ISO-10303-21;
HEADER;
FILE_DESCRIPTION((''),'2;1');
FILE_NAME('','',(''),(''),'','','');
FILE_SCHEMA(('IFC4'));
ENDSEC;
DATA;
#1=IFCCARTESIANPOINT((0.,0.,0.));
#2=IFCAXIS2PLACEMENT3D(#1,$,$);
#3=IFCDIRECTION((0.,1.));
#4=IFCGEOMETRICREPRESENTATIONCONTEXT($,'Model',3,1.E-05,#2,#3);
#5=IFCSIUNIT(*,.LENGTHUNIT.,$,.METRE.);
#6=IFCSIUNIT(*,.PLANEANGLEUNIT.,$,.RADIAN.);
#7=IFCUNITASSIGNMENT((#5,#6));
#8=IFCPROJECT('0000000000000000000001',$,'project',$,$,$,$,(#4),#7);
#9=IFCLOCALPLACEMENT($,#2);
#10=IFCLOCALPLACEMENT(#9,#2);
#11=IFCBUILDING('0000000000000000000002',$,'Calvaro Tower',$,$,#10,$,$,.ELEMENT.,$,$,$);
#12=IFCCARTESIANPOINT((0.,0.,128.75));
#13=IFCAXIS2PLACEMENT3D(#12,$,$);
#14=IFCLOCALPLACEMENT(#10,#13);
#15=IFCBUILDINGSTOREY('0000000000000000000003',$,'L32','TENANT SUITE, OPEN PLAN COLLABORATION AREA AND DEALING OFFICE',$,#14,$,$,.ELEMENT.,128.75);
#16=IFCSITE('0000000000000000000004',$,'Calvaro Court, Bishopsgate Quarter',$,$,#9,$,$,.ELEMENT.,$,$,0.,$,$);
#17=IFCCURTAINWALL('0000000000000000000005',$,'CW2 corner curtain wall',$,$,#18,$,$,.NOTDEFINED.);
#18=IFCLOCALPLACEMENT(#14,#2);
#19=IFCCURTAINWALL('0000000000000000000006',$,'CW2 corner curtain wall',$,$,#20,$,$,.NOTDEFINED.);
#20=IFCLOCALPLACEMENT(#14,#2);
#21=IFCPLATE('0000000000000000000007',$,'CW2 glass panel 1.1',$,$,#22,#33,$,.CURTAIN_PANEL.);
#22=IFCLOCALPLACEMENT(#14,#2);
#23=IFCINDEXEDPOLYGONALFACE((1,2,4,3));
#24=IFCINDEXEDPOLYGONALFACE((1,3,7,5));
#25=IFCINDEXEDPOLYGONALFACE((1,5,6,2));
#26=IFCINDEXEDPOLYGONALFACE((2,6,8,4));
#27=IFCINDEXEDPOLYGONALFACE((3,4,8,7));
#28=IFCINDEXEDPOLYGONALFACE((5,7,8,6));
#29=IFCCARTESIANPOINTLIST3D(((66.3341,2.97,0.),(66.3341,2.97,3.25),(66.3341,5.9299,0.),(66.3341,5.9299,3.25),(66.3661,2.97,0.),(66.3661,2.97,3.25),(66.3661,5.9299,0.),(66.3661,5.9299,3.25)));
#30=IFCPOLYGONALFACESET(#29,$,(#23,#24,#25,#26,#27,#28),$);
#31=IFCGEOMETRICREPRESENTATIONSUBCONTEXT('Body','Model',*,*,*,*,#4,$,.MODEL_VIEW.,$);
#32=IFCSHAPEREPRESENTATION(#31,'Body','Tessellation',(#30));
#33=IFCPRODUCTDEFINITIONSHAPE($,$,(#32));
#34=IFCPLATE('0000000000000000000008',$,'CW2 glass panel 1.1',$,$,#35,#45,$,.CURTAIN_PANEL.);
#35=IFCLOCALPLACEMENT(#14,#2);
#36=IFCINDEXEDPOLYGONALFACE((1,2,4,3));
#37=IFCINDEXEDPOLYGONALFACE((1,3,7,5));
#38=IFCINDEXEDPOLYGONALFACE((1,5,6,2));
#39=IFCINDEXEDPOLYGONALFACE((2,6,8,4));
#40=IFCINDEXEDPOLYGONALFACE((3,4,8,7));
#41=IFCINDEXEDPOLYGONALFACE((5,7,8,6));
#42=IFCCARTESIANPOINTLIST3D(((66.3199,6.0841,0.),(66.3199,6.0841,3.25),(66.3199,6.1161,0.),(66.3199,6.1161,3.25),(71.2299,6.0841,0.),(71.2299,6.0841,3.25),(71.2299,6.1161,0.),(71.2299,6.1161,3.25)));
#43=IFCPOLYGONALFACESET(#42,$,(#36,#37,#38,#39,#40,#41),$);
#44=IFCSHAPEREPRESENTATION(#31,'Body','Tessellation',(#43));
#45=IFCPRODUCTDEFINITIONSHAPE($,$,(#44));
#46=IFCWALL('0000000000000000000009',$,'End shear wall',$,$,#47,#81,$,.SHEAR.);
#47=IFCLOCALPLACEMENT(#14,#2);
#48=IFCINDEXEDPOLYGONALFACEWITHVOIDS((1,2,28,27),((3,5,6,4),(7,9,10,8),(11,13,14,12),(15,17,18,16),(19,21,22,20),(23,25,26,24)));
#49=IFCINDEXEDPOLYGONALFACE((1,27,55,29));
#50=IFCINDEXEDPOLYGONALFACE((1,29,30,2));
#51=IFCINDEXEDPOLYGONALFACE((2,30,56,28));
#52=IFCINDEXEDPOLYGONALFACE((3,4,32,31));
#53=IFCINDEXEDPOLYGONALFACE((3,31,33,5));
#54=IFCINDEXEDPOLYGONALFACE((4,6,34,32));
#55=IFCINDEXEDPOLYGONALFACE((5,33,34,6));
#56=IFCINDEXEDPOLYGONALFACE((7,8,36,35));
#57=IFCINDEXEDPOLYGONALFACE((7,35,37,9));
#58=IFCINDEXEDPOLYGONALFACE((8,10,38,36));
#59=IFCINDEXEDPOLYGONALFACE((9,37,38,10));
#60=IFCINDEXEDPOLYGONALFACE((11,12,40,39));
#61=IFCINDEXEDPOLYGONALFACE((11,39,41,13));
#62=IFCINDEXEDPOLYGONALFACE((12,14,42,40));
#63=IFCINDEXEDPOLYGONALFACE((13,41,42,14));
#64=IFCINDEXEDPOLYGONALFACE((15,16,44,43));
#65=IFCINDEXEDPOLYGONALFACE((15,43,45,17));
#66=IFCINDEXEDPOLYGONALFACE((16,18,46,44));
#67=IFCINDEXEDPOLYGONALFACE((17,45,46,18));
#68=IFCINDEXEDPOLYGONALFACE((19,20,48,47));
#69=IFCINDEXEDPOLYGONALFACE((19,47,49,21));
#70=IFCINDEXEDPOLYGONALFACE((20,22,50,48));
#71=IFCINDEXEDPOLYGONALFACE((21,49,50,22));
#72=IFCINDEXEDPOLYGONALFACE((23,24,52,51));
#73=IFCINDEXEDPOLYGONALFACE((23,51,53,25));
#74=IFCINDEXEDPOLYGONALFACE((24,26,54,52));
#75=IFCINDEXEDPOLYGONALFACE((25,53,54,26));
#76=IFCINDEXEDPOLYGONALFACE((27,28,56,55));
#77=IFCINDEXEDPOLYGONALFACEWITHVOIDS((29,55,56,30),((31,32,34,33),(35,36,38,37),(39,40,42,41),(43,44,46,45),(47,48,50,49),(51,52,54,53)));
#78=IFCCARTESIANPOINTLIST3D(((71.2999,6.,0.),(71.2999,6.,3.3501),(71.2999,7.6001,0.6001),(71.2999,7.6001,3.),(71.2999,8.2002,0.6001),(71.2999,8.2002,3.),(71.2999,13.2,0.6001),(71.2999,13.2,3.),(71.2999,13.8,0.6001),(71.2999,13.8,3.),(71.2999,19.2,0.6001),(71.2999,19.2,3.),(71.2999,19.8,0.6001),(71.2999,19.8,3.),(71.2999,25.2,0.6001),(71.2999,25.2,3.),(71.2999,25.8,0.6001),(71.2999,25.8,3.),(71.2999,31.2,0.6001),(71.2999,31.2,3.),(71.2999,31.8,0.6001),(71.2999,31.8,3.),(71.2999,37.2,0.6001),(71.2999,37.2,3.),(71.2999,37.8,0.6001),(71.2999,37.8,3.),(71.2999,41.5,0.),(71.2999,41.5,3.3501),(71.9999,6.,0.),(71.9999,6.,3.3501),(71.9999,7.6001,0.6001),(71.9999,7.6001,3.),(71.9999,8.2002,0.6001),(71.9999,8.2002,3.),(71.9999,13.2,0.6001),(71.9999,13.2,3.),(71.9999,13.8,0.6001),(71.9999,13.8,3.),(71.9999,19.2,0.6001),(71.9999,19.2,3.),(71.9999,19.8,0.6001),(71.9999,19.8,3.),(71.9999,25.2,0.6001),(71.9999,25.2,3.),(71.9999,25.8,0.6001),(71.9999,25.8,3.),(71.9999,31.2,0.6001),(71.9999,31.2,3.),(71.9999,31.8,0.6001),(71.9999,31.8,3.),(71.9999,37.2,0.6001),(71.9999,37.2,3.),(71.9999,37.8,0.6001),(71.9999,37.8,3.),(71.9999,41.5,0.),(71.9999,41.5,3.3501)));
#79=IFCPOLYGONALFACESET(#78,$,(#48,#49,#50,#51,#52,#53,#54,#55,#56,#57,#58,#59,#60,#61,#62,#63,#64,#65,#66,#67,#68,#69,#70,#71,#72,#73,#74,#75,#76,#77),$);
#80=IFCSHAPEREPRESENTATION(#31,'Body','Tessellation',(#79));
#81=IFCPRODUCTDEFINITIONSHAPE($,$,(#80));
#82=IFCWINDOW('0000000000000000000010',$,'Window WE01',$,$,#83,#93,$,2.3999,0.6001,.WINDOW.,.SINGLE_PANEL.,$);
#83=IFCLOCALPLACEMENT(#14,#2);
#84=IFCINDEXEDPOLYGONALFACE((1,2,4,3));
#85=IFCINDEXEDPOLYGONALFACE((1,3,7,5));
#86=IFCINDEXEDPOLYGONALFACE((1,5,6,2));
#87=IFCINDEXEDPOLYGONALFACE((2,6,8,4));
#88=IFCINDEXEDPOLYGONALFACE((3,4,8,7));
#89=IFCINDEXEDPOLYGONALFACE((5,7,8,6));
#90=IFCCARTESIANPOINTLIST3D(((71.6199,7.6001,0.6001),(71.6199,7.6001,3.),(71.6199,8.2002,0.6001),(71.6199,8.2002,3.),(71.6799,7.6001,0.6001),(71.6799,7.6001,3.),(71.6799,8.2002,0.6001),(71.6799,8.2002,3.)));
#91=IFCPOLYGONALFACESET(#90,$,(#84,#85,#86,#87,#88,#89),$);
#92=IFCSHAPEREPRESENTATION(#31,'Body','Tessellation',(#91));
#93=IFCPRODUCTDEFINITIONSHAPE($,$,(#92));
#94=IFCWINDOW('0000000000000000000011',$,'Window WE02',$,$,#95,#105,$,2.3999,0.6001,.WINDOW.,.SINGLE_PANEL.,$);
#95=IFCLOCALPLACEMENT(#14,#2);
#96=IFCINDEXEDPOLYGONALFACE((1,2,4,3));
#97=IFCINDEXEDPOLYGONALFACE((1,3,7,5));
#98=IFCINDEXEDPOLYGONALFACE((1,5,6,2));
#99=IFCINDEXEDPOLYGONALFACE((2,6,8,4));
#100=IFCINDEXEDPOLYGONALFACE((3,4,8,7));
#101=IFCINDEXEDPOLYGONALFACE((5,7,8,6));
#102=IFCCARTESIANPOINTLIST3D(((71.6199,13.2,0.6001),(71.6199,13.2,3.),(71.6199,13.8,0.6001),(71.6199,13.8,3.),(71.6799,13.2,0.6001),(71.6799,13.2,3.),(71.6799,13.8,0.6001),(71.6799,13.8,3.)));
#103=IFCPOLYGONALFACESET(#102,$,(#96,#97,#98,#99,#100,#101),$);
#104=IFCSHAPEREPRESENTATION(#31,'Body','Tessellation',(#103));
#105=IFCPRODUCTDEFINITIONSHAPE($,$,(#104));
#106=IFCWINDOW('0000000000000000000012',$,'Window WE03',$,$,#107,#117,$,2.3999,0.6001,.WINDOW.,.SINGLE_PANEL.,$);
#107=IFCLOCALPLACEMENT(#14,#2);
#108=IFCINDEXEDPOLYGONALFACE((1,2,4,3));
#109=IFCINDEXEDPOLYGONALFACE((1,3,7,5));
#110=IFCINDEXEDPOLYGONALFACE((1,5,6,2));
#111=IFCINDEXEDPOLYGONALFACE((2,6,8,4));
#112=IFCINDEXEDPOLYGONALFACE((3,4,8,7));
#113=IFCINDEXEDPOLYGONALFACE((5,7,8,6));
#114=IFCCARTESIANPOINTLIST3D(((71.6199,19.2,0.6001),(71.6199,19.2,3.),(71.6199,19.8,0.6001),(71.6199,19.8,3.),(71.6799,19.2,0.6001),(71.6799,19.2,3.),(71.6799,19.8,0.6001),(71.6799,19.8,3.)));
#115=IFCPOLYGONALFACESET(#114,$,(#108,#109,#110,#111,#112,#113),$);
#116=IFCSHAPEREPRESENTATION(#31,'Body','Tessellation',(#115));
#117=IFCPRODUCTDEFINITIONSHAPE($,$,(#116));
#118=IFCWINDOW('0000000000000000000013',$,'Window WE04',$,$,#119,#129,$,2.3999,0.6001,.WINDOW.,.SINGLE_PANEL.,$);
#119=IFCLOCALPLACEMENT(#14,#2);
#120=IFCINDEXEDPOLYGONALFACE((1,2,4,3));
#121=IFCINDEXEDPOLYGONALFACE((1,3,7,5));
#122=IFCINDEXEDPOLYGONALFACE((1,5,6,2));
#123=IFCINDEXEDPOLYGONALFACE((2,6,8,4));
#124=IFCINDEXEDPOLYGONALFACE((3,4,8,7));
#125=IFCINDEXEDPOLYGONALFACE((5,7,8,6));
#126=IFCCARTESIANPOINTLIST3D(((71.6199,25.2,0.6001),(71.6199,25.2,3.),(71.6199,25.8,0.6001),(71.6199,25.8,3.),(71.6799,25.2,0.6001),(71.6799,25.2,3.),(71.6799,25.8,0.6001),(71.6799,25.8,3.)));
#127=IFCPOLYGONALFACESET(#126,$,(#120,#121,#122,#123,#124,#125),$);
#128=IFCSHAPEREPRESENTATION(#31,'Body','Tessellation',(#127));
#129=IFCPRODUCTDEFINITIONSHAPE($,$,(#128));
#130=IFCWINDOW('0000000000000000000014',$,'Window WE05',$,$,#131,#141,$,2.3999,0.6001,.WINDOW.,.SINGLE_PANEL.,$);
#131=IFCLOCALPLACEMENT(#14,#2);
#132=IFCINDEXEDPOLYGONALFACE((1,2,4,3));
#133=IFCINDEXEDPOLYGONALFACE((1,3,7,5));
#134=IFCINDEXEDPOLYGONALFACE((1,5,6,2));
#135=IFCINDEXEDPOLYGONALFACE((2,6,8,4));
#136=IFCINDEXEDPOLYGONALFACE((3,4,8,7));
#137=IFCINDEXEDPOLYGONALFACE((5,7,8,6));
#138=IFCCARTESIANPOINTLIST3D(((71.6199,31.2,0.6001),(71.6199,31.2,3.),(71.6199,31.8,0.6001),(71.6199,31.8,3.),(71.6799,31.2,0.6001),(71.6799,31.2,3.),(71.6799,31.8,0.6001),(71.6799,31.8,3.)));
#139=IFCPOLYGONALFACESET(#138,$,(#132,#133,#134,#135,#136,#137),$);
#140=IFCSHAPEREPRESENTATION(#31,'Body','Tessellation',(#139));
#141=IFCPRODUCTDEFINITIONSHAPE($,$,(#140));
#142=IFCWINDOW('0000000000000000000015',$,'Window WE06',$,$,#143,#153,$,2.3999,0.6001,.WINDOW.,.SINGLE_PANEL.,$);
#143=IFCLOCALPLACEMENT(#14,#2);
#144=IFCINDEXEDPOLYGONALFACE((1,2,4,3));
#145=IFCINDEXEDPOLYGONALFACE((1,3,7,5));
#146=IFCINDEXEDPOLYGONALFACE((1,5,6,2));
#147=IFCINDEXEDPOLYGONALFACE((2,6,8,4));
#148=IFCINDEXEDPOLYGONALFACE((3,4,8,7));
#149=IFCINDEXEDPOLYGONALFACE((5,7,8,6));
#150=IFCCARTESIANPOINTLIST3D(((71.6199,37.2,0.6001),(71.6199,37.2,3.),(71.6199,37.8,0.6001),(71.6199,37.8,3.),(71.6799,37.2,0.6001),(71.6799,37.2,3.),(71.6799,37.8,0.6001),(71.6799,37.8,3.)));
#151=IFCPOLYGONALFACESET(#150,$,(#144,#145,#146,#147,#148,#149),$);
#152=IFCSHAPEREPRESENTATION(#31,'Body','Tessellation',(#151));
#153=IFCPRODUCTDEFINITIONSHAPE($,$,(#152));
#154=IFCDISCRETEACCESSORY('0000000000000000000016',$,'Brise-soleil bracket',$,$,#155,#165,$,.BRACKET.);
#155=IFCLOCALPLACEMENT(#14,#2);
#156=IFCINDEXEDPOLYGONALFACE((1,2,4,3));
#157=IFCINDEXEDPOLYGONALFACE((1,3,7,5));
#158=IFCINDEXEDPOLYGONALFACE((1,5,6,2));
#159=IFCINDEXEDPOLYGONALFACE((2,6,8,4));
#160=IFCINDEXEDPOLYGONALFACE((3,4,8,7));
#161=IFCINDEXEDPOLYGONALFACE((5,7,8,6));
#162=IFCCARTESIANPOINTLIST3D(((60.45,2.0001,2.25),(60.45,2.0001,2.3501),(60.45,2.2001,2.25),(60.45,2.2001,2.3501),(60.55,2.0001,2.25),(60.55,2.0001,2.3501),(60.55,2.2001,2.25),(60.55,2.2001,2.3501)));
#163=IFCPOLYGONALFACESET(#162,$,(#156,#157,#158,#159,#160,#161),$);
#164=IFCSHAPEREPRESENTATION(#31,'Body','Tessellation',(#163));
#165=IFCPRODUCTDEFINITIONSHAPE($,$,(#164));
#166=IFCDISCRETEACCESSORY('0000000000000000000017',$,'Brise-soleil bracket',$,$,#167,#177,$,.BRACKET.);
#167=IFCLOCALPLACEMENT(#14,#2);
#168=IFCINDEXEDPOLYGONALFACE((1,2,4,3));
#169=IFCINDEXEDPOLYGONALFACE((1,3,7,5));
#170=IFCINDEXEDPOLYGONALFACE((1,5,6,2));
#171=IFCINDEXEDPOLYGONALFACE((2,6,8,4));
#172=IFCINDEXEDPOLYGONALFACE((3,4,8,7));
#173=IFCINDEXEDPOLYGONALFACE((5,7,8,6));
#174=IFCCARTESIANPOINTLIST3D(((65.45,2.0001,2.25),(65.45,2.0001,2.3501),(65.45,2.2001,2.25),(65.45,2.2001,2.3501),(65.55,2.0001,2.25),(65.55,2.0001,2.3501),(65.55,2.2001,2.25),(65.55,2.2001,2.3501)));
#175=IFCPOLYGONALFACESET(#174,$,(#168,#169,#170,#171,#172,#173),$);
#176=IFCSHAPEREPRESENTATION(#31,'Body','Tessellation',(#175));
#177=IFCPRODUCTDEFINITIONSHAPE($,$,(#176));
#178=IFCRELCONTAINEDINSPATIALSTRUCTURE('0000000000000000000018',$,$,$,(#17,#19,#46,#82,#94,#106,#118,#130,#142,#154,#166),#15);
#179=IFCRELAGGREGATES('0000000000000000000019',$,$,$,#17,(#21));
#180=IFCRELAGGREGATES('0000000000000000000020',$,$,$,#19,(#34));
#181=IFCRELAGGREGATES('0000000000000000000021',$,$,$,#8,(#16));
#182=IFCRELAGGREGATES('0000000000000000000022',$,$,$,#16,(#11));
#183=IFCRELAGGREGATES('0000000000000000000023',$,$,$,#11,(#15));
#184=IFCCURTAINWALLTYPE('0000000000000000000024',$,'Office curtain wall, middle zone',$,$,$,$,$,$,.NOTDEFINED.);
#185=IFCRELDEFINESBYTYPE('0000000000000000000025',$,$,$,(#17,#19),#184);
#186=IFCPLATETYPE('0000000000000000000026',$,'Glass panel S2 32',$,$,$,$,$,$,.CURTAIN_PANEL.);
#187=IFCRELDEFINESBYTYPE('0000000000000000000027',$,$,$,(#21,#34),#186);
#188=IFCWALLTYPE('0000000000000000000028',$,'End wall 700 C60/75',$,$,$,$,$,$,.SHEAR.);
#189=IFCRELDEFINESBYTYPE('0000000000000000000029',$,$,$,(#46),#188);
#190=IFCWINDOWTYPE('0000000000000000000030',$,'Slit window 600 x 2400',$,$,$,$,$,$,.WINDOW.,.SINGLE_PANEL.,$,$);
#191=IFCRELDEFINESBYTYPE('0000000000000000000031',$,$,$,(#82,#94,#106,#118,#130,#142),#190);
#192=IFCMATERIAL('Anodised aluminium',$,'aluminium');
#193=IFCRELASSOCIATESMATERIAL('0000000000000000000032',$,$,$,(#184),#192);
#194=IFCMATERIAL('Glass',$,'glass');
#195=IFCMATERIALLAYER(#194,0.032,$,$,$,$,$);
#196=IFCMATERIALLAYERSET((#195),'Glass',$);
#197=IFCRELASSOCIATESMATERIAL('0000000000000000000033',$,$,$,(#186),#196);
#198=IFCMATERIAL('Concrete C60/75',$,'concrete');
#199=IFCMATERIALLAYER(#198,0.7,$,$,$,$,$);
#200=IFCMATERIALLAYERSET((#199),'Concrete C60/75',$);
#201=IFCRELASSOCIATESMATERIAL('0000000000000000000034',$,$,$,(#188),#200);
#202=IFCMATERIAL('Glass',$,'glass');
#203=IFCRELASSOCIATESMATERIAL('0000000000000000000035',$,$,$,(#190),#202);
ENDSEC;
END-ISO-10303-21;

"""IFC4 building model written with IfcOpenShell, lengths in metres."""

from ifc_helpers import new_model, si_unit, direction, frame, frame_2d, origin, origin_2d, place, context, subcontext, project, spatial, rectangle, extrude, material, layer, layer_set, type_object, element, fill, aggregate, save


model = new_model("IFC4")

# Units and contexts
model_context = context("Model", 3, precision=1e-05, world=origin(), true_north=direction((0.0, 1.0)))
body_context = subcontext(model_context, "Body", "Model", "MODEL_VIEW")
ifc_project = project(units=[si_unit("LENGTHUNIT", "METRE"), si_unit("PLANEANGLEUNIT", "RADIAN")], contexts=[model_context])

# Site, building, storey
site_placement = place(None, origin())
site = spatial("IfcSite", under=ifc_project, at=site_placement, Name="Calvaro Court, Bishopsgate Quarter", CompositionType="ELEMENT", RefElevation=0.0)
building_placement = place(site_placement, origin())
building = spatial("IfcBuilding", under=site, at=building_placement, Name="Calvaro Tower", CompositionType="ELEMENT")
storey_placement = place(building_placement, frame((0.0, 0.0, 128.75)))
storey = spatial("IfcBuildingStorey", under=building, at=storey_placement, Name="L32", Description="TENANT SUITE, OPEN PLAN COLLABORATION AREA AND DEALING OFFICE", CompositionType="ELEMENT", Elevation=128.75)

# Curtain wall
ifc_material_1 = material(Name="Anodised aluminium", Category="aluminium")
curtain_wall_type = type_object("IfcCurtainWallType", Name="Office curtain wall, middle zone", PredefinedType="NOTDEFINED", material=ifc_material_1)
curtain_wall_1_placement = place(storey_placement, origin())
curtain_wall_1 = element("IfcCurtainWall", 1, at=curtain_wall_1_placement, inside=storey, type_object=curtain_wall_type, Name="CW2 corner curtain wall", PredefinedType="NOTDEFINED")

# Curtain wall
curtain_wall_2_placement = place(storey_placement, origin())
curtain_wall_2 = element("IfcCurtainWall", 2, at=curtain_wall_2_placement, inside=storey, type_object=curtain_wall_type, Name="CW2 corner curtain wall", PredefinedType="NOTDEFINED")

# Plates
ifc_material_2 = material(Name="Glass", Category="glass")
ifc_layer_1 = layer(ifc_material_2, 0.032)
ifc_layer_set_1 = layer_set([ifc_layer_1], Name="Glass")
plate_type = type_object("IfcPlateType", Name="Glass panel S2 32", PredefinedType="CURTAIN_PANEL", material=ifc_layer_set_1)
plate_1_placement = place(storey_placement, frame((66.3501, 4.45, 0.0), z_axis=(0.0, 0.0, 1.0), x_axis=(0.0, 1.0, 0.0)))
plate_1 = element("IfcPlate", 3, at=plate_1_placement, type_object=plate_type, Name="CW2 glass panel 1.1", PredefinedType="CURTAIN_PANEL", context=body_context, shape_type="SweptSolid", body=[
    extrude(rectangle(XDim=2.96, YDim=0.032, at=origin_2d()), origin(), (0.0, 0.0, 1.0), 3.25),
])
aggregate(curtain_wall_1, [plate_1])
plate_2_placement = place(storey_placement, frame((68.7749, 6.1001, 0.0), z_axis=(0.0, 0.0, 1.0), x_axis=(1.0, 0.0, 0.0)))
plate_2 = element("IfcPlate", 4, at=plate_2_placement, type_object=plate_type, Name="CW2 glass panel 1.1", PredefinedType="CURTAIN_PANEL", context=body_context, shape_type="SweptSolid", body=[
    extrude(rectangle(XDim=4.9099, YDim=0.032, at=origin_2d()), origin(), (0.0, 0.0, 1.0), 3.25),
])
aggregate(curtain_wall_2, [plate_2])

# Wall, openings, windows
ifc_material_3 = material(Name="Concrete C60/75", Category="concrete")
ifc_layer_2 = layer(ifc_material_3, 0.7)
ifc_layer_set_2 = layer_set([ifc_layer_2], Name="Concrete C60/75")
wall_type = type_object("IfcWallType", Name="End wall 700 C60/75", PredefinedType="SHEAR", material=ifc_layer_set_2)
wall_placement = place(storey_placement, frame((71.6499, 6.0, 0.0), z_axis=(0.0, 0.0, 1.0), x_axis=(0.0, 1.0, 0.0)))
wall = element("IfcWall", 5, at=wall_placement, inside=storey, type_object=wall_type, Name="End shear wall", PredefinedType="SHEAR", context=body_context, shape_type="SweptSolid", body=[
    extrude(rectangle(XDim=35.5, YDim=0.7, at=frame_2d((17.75, 0.0))), origin(), (0.0, 0.0, 1.0), 3.3501),
])
opening_1_placement = place(wall_placement, frame((1.6001, 0.0, 0.6001)))
opening_1 = element("IfcOpeningElement", 6, at=opening_1_placement, cuts=wall, PredefinedType="OPENING", context=body_context, shape_type="SweptSolid", body=[
    extrude(rectangle(XDim=0.6001, YDim=2.3999, at=frame_2d((0.3, 1.2))), frame((0.0, 0.3599, 0.0), z_axis=(0.0, -1.0, 0.0), x_axis=(1.0, 0.0, 0.0)), (0.0, 0.0, 1.0), 0.72),
])
opening_2_placement = place(wall_placement, frame((7.2, 0.0, 0.6001)))
opening_2 = element("IfcOpeningElement", 7, at=opening_2_placement, cuts=wall, PredefinedType="OPENING", context=body_context, shape_type="SweptSolid", body=[
    extrude(rectangle(XDim=0.6001, YDim=2.3999, at=frame_2d((0.3, 1.2))), frame((0.0, 0.3599, 0.0), z_axis=(0.0, -1.0, 0.0), x_axis=(1.0, 0.0, 0.0)), (0.0, 0.0, 1.0), 0.72),
])
opening_3_placement = place(wall_placement, frame((13.2, 0.0, 0.6001)))
opening_3 = element("IfcOpeningElement", 8, at=opening_3_placement, cuts=wall, PredefinedType="OPENING", context=body_context, shape_type="SweptSolid", body=[
    extrude(rectangle(XDim=0.6001, YDim=2.3999, at=frame_2d((0.3, 1.2))), frame((0.0, 0.3599, 0.0), z_axis=(0.0, -1.0, 0.0), x_axis=(1.0, 0.0, 0.0)), (0.0, 0.0, 1.0), 0.72),
])
opening_4_placement = place(wall_placement, frame((19.2, 0.0, 0.6001)))
opening_4 = element("IfcOpeningElement", 9, at=opening_4_placement, cuts=wall, PredefinedType="OPENING", context=body_context, shape_type="SweptSolid", body=[
    extrude(rectangle(XDim=0.6001, YDim=2.3999, at=frame_2d((0.3, 1.2))), frame((0.0, 0.3599, 0.0), z_axis=(0.0, -1.0, 0.0), x_axis=(1.0, 0.0, 0.0)), (0.0, 0.0, 1.0), 0.72),
])
opening_5_placement = place(wall_placement, frame((25.2, 0.0, 0.6001)))
opening_5 = element("IfcOpeningElement", 10, at=opening_5_placement, cuts=wall, PredefinedType="OPENING", context=body_context, shape_type="SweptSolid", body=[
    extrude(rectangle(XDim=0.6001, YDim=2.3999, at=frame_2d((0.3, 1.2))), frame((0.0, 0.3599, 0.0), z_axis=(0.0, -1.0, 0.0), x_axis=(1.0, 0.0, 0.0)), (0.0, 0.0, 1.0), 0.72),
])
opening_6_placement = place(wall_placement, frame((31.2, 0.0, 0.6001)))
opening_6 = element("IfcOpeningElement", 11, at=opening_6_placement, cuts=wall, PredefinedType="OPENING", context=body_context, shape_type="SweptSolid", body=[
    extrude(rectangle(XDim=0.6001, YDim=2.3999, at=frame_2d((0.3, 1.2))), frame((0.0, 0.3599, 0.0), z_axis=(0.0, -1.0, 0.0), x_axis=(1.0, 0.0, 0.0)), (0.0, 0.0, 1.0), 0.72),
])
ifc_material_4 = material(Name="Glass", Category="glass")
window_type = type_object("IfcWindowType", Name="Slit window 600 x 2400", PartitioningType="SINGLE_PANEL", PredefinedType="WINDOW", material=ifc_material_4)
window_1_placement = place(opening_1_placement, origin())
window_1 = element("IfcWindow", 12, at=window_1_placement, inside=storey, type_object=window_type, Name="Window WE01", OverallHeight=2.3999, OverallWidth=0.6001, PartitioningType="SINGLE_PANEL", PredefinedType="WINDOW", context=body_context, shape_type="SweptSolid", body=[
    extrude(rectangle(XDim=0.6001, YDim=2.3999, at=frame_2d((0.3, 1.2))), frame((0.0, 0.03, 0.0), z_axis=(0.0, -1.0, 0.0), x_axis=(1.0, 0.0, 0.0)), (0.0, 0.0, 1.0), 0.0601),
])
fill(opening_1, window_1)
window_2_placement = place(opening_2_placement, origin())
window_2 = element("IfcWindow", 13, at=window_2_placement, inside=storey, type_object=window_type, Name="Window WE02", OverallHeight=2.3999, OverallWidth=0.6001, PartitioningType="SINGLE_PANEL", PredefinedType="WINDOW", context=body_context, shape_type="SweptSolid", body=[
    extrude(rectangle(XDim=0.6001, YDim=2.3999, at=frame_2d((0.3, 1.2))), frame((0.0, 0.03, 0.0), z_axis=(0.0, -1.0, 0.0), x_axis=(1.0, 0.0, 0.0)), (0.0, 0.0, 1.0), 0.0601),
])
fill(opening_2, window_2)
window_3_placement = place(opening_3_placement, origin())
window_3 = element("IfcWindow", 14, at=window_3_placement, inside=storey, type_object=window_type, Name="Window WE03", OverallHeight=2.3999, OverallWidth=0.6001, PartitioningType="SINGLE_PANEL", PredefinedType="WINDOW", context=body_context, shape_type="SweptSolid", body=[
    extrude(rectangle(XDim=0.6001, YDim=2.3999, at=frame_2d((0.3, 1.2))), frame((0.0, 0.03, 0.0), z_axis=(0.0, -1.0, 0.0), x_axis=(1.0, 0.0, 0.0)), (0.0, 0.0, 1.0), 0.0601),
])
fill(opening_3, window_3)
window_4_placement = place(opening_4_placement, origin())
window_4 = element("IfcWindow", 15, at=window_4_placement, inside=storey, type_object=window_type, Name="Window WE04", OverallHeight=2.3999, OverallWidth=0.6001, PartitioningType="SINGLE_PANEL", PredefinedType="WINDOW", context=body_context, shape_type="SweptSolid", body=[
    extrude(rectangle(XDim=0.6001, YDim=2.3999, at=frame_2d((0.3, 1.2))), frame((0.0, 0.03, 0.0), z_axis=(0.0, -1.0, 0.0), x_axis=(1.0, 0.0, 0.0)), (0.0, 0.0, 1.0), 0.0601),
])
fill(opening_4, window_4)
window_5_placement = place(opening_5_placement, origin())
window_5 = element("IfcWindow", 16, at=window_5_placement, inside=storey, type_object=window_type, Name="Window WE05", OverallHeight=2.3999, OverallWidth=0.6001, PartitioningType="SINGLE_PANEL", PredefinedType="WINDOW", context=body_context, shape_type="SweptSolid", body=[
    extrude(rectangle(XDim=0.6001, YDim=2.3999, at=frame_2d((0.3, 1.2))), frame((0.0, 0.03, 0.0), z_axis=(0.0, -1.0, 0.0), x_axis=(1.0, 0.0, 0.0)), (0.0, 0.0, 1.0), 0.0601),
])
fill(opening_5, window_5)
window_6_placement = place(opening_6_placement, origin())
window_6 = element("IfcWindow", 17, at=window_6_placement, inside=storey, type_object=window_type, Name="Window WE06", OverallHeight=2.3999, OverallWidth=0.6001, PartitioningType="SINGLE_PANEL", PredefinedType="WINDOW", context=body_context, shape_type="SweptSolid", body=[
    extrude(rectangle(XDim=0.6001, YDim=2.3999, at=frame_2d((0.3, 1.2))), frame((0.0, 0.03, 0.0), z_axis=(0.0, -1.0, 0.0), x_axis=(1.0, 0.0, 0.0)), (0.0, 0.0, 1.0), 0.0601),
])
fill(opening_6, window_6)

# Discrete accessories
for number, where, z_axis, x_axis, name in (
    (18, (60.5, 2.1001, 2.25), (0.0, 0.0, 1.0), (1.0, 0.0, 0.0), "Brise-soleil bracket"),
    (19, (65.5, 2.1001, 2.25), (0.0, 0.0, 1.0), (1.0, 0.0, 0.0), "Brise-soleil bracket"),
):
    element("IfcDiscreteAccessory", number, at=place(storey_placement, frame(where, z_axis=z_axis, x_axis=x_axis)), inside=storey, Name=name, PredefinedType="BRACKET", context=body_context, shape_type="SweptSolid", body=[
        extrude(rectangle(XDim=0.1001, YDim=0.2, at=origin_2d()), origin(), (0.0, 0.0, 1.0), 0.1001),
    ])

save(model, "model.ifc")
